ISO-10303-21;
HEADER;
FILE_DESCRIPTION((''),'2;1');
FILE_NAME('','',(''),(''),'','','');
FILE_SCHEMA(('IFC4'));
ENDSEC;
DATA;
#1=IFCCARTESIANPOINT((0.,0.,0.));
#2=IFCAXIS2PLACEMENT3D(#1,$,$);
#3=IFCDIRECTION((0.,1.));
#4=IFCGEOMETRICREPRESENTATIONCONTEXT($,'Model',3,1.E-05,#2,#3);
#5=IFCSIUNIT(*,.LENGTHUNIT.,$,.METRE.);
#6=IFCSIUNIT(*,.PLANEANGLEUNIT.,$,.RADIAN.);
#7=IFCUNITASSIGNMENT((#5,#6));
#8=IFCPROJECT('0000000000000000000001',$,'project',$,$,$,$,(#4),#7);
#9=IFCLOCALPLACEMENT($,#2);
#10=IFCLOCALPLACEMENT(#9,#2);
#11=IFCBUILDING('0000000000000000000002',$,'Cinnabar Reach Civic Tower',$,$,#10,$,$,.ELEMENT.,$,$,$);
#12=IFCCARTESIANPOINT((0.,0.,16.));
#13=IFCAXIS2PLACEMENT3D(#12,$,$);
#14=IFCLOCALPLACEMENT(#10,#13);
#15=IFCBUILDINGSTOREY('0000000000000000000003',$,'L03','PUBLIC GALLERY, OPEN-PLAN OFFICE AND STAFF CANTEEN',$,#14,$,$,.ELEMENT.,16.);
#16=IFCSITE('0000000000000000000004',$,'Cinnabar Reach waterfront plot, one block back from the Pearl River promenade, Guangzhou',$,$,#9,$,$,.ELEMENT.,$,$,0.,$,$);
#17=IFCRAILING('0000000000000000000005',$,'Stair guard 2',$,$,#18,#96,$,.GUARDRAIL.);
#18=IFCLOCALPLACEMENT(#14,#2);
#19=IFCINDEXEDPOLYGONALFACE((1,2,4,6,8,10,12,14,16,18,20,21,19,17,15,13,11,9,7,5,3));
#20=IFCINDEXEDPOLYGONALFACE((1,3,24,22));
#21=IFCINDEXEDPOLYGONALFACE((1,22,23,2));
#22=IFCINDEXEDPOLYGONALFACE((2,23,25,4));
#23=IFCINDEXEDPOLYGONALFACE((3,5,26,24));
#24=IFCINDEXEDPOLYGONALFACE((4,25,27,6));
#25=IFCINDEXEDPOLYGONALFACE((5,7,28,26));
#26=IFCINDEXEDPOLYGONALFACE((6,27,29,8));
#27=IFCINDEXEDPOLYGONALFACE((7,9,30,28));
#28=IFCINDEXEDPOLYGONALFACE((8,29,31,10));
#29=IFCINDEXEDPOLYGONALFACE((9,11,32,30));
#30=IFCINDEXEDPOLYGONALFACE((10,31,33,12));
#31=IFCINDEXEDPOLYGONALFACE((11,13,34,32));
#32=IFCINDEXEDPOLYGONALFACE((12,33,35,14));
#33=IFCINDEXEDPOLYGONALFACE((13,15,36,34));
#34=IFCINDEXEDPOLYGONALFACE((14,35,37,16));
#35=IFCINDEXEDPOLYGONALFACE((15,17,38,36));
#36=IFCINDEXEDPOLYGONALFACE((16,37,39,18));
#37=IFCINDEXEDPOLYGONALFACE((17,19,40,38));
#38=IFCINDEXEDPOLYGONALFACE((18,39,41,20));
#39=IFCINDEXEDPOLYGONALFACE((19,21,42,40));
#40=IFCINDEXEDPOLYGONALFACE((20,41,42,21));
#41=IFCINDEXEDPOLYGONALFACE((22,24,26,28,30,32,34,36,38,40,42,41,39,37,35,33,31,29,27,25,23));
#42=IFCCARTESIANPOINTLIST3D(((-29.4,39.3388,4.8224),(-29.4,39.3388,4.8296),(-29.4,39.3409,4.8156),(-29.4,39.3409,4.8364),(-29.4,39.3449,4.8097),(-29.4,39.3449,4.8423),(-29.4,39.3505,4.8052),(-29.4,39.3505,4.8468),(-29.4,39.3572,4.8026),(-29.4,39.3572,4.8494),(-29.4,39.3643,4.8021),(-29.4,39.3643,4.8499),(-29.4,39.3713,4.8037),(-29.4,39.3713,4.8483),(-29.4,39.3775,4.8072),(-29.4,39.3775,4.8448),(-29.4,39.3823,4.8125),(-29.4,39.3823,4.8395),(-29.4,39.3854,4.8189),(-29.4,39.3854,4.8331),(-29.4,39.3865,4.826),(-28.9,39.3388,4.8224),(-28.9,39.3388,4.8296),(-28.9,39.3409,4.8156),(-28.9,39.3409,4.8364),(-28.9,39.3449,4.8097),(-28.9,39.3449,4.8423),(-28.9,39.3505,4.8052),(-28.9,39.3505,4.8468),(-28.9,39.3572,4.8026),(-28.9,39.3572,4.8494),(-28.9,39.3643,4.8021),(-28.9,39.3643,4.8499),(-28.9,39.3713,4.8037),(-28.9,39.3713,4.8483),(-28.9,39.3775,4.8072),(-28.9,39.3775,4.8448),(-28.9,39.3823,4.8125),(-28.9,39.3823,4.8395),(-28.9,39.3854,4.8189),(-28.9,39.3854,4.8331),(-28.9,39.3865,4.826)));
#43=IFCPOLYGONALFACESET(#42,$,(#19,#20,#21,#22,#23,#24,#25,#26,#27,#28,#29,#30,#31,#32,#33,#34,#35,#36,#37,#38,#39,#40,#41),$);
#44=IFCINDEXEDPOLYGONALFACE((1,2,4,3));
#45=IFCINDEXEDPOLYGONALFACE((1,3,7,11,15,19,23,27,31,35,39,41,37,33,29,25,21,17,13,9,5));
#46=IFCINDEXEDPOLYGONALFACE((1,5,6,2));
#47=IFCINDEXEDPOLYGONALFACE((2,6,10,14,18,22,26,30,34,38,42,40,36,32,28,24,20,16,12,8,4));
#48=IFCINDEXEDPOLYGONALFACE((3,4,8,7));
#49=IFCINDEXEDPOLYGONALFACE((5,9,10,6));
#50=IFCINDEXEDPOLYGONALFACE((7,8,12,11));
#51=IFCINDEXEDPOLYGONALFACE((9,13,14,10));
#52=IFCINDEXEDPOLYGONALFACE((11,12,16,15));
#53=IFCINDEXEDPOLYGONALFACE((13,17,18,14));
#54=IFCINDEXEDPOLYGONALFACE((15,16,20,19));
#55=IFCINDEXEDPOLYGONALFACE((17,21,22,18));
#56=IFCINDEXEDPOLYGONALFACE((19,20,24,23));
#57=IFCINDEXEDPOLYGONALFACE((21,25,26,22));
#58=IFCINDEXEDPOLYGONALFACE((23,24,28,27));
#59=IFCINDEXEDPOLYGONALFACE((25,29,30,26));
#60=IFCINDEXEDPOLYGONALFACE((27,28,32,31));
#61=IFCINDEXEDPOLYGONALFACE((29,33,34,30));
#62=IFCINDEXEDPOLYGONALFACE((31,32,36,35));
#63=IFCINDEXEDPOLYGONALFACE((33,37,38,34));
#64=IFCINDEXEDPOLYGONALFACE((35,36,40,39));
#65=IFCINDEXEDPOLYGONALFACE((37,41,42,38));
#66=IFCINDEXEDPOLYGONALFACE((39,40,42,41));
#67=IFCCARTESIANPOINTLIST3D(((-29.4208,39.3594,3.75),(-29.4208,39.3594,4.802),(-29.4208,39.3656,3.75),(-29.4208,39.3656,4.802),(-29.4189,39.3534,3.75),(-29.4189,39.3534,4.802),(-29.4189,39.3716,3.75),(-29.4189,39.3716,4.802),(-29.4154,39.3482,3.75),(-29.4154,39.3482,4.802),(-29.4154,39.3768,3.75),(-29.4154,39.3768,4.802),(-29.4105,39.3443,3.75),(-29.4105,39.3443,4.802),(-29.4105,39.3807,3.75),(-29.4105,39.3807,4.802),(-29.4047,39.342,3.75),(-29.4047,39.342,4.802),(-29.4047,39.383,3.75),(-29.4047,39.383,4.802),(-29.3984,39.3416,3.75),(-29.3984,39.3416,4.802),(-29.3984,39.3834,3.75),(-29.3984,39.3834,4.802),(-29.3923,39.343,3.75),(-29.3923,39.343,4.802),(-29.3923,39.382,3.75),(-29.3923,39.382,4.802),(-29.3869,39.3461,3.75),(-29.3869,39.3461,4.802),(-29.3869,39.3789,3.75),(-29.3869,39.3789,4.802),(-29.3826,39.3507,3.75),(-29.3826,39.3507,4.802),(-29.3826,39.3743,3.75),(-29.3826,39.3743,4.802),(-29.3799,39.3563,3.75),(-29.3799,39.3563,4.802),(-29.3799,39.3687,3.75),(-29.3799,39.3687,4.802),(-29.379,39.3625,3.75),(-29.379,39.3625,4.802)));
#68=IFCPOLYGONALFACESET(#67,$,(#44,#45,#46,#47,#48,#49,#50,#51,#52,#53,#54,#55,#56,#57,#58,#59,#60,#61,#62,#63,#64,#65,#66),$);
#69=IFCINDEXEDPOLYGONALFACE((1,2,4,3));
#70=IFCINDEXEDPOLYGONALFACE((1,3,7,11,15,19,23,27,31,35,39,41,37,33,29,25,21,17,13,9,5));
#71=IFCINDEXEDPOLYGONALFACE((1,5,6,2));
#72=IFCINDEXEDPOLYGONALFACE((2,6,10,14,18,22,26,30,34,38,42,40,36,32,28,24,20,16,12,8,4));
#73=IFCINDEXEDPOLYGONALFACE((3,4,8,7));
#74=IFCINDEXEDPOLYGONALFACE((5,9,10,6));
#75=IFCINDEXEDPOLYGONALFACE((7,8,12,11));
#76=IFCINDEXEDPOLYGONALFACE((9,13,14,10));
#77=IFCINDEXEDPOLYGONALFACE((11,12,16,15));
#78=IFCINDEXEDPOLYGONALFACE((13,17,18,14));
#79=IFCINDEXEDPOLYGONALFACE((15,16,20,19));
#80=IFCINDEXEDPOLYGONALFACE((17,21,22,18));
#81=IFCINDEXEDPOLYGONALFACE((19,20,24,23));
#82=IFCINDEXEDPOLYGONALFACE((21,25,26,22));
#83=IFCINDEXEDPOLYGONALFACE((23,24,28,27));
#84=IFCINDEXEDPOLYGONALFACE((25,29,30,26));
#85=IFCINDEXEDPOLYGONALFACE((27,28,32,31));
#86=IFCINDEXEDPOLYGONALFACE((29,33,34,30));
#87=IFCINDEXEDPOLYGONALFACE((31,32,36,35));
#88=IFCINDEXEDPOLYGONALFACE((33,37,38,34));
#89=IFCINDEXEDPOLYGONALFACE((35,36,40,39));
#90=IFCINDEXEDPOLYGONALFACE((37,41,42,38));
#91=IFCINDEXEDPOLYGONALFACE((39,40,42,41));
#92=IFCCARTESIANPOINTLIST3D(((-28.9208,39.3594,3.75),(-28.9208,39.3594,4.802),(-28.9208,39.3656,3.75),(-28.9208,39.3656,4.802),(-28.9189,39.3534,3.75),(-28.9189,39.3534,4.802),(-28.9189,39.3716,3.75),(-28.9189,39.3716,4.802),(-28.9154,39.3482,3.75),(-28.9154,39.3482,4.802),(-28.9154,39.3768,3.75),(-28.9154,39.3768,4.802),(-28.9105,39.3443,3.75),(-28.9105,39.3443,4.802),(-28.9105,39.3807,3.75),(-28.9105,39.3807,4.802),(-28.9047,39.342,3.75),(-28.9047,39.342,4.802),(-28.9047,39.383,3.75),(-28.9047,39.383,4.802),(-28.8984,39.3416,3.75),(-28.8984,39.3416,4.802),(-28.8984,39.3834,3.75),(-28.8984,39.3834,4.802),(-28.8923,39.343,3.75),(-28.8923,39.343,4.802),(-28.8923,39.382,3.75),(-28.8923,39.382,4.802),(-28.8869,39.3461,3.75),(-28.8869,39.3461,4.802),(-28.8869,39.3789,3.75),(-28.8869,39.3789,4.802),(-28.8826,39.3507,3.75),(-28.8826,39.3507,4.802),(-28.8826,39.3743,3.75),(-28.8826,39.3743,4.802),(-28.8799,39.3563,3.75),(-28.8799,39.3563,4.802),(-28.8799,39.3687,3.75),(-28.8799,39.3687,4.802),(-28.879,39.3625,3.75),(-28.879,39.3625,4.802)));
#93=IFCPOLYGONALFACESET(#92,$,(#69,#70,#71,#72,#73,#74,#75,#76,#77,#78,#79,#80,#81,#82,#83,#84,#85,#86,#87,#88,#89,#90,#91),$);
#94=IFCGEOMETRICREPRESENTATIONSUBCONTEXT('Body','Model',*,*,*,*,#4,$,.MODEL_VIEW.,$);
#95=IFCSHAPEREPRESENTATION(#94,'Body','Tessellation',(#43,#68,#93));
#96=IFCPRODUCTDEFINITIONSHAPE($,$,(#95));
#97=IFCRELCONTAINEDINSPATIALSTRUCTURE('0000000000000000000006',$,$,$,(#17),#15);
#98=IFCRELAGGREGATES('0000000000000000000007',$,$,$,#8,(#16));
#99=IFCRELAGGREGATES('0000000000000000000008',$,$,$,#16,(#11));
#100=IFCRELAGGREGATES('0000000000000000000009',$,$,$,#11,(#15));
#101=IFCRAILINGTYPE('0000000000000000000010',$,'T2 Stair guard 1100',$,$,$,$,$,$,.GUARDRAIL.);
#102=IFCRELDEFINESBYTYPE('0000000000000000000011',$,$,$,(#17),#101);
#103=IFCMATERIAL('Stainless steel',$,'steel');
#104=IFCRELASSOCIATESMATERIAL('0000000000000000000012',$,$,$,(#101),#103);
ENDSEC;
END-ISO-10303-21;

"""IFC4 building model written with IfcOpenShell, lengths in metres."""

from ifc_helpers import new_model, si_unit, direction, frame, origin, origin_2d, place, context, subcontext, project, spatial, circle, extrude, material, type_object, element, save


model = new_model("IFC4")

# Units and contexts
model_context = context("Model", 3, precision=1e-05, world=origin(), true_north=direction((0.0, 1.0)))
body_context = subcontext(model_context, "Body", "Model", "MODEL_VIEW")
ifc_project = project(units=[si_unit("LENGTHUNIT", "METRE"), si_unit("PLANEANGLEUNIT", "RADIAN")], contexts=[model_context])

# Site, building, storey
site_placement = place(None, origin())
site = spatial("IfcSite", under=ifc_project, at=site_placement, Name="Cinnabar Reach waterfront plot, one block back from the Pearl River promenade, Guangzhou", CompositionType="ELEMENT", RefElevation=0.0)
building_placement = place(site_placement, origin())
building = spatial("IfcBuilding", under=site, at=building_placement, Name="Cinnabar Reach Civic Tower", CompositionType="ELEMENT")
storey_placement = place(building_placement, frame((0.0, 0.0, 16.0)))
storey = spatial("IfcBuildingStorey", under=building, at=storey_placement, Name="L03", Description="PUBLIC GALLERY, OPEN-PLAN OFFICE AND STAFF CANTEEN", CompositionType="ELEMENT", Elevation=16.0)

# Railing
ifc_material_1 = material(Name="Stainless steel", Category="steel")
railing_type = type_object("IfcRailingType", Name="T2 Stair guard 1100", PredefinedType="GUARDRAIL", material=ifc_material_1)
railing_1_placement = place(storey_placement, frame((-29.4, 39.3625, 3.75)))
element("IfcRailing", 1, at=railing_1_placement, inside=storey, type_object=railing_type, Name="Stair guard 2", PredefinedType="GUARDRAIL", context=body_context, shape_type="SweptSolid", body=[
    extrude(circle(Radius=0.024, at=origin_2d()), frame((0.0, 0.0, 1.076), z_axis=(1.0, 0.0, 0.0), x_axis=(0.0, 1.0, 0.0)), (0.0, 0.0, 1.0), 0.5),
    extrude(circle(Radius=0.021, at=origin_2d()), origin(), (0.0, 0.0, 1.0), 1.052),
    extrude(circle(Radius=0.021, at=origin_2d()), frame((0.5, 0.0, 0.0)), (0.0, 0.0, 1.0), 1.052),
])

save(model, "model.ifc")
